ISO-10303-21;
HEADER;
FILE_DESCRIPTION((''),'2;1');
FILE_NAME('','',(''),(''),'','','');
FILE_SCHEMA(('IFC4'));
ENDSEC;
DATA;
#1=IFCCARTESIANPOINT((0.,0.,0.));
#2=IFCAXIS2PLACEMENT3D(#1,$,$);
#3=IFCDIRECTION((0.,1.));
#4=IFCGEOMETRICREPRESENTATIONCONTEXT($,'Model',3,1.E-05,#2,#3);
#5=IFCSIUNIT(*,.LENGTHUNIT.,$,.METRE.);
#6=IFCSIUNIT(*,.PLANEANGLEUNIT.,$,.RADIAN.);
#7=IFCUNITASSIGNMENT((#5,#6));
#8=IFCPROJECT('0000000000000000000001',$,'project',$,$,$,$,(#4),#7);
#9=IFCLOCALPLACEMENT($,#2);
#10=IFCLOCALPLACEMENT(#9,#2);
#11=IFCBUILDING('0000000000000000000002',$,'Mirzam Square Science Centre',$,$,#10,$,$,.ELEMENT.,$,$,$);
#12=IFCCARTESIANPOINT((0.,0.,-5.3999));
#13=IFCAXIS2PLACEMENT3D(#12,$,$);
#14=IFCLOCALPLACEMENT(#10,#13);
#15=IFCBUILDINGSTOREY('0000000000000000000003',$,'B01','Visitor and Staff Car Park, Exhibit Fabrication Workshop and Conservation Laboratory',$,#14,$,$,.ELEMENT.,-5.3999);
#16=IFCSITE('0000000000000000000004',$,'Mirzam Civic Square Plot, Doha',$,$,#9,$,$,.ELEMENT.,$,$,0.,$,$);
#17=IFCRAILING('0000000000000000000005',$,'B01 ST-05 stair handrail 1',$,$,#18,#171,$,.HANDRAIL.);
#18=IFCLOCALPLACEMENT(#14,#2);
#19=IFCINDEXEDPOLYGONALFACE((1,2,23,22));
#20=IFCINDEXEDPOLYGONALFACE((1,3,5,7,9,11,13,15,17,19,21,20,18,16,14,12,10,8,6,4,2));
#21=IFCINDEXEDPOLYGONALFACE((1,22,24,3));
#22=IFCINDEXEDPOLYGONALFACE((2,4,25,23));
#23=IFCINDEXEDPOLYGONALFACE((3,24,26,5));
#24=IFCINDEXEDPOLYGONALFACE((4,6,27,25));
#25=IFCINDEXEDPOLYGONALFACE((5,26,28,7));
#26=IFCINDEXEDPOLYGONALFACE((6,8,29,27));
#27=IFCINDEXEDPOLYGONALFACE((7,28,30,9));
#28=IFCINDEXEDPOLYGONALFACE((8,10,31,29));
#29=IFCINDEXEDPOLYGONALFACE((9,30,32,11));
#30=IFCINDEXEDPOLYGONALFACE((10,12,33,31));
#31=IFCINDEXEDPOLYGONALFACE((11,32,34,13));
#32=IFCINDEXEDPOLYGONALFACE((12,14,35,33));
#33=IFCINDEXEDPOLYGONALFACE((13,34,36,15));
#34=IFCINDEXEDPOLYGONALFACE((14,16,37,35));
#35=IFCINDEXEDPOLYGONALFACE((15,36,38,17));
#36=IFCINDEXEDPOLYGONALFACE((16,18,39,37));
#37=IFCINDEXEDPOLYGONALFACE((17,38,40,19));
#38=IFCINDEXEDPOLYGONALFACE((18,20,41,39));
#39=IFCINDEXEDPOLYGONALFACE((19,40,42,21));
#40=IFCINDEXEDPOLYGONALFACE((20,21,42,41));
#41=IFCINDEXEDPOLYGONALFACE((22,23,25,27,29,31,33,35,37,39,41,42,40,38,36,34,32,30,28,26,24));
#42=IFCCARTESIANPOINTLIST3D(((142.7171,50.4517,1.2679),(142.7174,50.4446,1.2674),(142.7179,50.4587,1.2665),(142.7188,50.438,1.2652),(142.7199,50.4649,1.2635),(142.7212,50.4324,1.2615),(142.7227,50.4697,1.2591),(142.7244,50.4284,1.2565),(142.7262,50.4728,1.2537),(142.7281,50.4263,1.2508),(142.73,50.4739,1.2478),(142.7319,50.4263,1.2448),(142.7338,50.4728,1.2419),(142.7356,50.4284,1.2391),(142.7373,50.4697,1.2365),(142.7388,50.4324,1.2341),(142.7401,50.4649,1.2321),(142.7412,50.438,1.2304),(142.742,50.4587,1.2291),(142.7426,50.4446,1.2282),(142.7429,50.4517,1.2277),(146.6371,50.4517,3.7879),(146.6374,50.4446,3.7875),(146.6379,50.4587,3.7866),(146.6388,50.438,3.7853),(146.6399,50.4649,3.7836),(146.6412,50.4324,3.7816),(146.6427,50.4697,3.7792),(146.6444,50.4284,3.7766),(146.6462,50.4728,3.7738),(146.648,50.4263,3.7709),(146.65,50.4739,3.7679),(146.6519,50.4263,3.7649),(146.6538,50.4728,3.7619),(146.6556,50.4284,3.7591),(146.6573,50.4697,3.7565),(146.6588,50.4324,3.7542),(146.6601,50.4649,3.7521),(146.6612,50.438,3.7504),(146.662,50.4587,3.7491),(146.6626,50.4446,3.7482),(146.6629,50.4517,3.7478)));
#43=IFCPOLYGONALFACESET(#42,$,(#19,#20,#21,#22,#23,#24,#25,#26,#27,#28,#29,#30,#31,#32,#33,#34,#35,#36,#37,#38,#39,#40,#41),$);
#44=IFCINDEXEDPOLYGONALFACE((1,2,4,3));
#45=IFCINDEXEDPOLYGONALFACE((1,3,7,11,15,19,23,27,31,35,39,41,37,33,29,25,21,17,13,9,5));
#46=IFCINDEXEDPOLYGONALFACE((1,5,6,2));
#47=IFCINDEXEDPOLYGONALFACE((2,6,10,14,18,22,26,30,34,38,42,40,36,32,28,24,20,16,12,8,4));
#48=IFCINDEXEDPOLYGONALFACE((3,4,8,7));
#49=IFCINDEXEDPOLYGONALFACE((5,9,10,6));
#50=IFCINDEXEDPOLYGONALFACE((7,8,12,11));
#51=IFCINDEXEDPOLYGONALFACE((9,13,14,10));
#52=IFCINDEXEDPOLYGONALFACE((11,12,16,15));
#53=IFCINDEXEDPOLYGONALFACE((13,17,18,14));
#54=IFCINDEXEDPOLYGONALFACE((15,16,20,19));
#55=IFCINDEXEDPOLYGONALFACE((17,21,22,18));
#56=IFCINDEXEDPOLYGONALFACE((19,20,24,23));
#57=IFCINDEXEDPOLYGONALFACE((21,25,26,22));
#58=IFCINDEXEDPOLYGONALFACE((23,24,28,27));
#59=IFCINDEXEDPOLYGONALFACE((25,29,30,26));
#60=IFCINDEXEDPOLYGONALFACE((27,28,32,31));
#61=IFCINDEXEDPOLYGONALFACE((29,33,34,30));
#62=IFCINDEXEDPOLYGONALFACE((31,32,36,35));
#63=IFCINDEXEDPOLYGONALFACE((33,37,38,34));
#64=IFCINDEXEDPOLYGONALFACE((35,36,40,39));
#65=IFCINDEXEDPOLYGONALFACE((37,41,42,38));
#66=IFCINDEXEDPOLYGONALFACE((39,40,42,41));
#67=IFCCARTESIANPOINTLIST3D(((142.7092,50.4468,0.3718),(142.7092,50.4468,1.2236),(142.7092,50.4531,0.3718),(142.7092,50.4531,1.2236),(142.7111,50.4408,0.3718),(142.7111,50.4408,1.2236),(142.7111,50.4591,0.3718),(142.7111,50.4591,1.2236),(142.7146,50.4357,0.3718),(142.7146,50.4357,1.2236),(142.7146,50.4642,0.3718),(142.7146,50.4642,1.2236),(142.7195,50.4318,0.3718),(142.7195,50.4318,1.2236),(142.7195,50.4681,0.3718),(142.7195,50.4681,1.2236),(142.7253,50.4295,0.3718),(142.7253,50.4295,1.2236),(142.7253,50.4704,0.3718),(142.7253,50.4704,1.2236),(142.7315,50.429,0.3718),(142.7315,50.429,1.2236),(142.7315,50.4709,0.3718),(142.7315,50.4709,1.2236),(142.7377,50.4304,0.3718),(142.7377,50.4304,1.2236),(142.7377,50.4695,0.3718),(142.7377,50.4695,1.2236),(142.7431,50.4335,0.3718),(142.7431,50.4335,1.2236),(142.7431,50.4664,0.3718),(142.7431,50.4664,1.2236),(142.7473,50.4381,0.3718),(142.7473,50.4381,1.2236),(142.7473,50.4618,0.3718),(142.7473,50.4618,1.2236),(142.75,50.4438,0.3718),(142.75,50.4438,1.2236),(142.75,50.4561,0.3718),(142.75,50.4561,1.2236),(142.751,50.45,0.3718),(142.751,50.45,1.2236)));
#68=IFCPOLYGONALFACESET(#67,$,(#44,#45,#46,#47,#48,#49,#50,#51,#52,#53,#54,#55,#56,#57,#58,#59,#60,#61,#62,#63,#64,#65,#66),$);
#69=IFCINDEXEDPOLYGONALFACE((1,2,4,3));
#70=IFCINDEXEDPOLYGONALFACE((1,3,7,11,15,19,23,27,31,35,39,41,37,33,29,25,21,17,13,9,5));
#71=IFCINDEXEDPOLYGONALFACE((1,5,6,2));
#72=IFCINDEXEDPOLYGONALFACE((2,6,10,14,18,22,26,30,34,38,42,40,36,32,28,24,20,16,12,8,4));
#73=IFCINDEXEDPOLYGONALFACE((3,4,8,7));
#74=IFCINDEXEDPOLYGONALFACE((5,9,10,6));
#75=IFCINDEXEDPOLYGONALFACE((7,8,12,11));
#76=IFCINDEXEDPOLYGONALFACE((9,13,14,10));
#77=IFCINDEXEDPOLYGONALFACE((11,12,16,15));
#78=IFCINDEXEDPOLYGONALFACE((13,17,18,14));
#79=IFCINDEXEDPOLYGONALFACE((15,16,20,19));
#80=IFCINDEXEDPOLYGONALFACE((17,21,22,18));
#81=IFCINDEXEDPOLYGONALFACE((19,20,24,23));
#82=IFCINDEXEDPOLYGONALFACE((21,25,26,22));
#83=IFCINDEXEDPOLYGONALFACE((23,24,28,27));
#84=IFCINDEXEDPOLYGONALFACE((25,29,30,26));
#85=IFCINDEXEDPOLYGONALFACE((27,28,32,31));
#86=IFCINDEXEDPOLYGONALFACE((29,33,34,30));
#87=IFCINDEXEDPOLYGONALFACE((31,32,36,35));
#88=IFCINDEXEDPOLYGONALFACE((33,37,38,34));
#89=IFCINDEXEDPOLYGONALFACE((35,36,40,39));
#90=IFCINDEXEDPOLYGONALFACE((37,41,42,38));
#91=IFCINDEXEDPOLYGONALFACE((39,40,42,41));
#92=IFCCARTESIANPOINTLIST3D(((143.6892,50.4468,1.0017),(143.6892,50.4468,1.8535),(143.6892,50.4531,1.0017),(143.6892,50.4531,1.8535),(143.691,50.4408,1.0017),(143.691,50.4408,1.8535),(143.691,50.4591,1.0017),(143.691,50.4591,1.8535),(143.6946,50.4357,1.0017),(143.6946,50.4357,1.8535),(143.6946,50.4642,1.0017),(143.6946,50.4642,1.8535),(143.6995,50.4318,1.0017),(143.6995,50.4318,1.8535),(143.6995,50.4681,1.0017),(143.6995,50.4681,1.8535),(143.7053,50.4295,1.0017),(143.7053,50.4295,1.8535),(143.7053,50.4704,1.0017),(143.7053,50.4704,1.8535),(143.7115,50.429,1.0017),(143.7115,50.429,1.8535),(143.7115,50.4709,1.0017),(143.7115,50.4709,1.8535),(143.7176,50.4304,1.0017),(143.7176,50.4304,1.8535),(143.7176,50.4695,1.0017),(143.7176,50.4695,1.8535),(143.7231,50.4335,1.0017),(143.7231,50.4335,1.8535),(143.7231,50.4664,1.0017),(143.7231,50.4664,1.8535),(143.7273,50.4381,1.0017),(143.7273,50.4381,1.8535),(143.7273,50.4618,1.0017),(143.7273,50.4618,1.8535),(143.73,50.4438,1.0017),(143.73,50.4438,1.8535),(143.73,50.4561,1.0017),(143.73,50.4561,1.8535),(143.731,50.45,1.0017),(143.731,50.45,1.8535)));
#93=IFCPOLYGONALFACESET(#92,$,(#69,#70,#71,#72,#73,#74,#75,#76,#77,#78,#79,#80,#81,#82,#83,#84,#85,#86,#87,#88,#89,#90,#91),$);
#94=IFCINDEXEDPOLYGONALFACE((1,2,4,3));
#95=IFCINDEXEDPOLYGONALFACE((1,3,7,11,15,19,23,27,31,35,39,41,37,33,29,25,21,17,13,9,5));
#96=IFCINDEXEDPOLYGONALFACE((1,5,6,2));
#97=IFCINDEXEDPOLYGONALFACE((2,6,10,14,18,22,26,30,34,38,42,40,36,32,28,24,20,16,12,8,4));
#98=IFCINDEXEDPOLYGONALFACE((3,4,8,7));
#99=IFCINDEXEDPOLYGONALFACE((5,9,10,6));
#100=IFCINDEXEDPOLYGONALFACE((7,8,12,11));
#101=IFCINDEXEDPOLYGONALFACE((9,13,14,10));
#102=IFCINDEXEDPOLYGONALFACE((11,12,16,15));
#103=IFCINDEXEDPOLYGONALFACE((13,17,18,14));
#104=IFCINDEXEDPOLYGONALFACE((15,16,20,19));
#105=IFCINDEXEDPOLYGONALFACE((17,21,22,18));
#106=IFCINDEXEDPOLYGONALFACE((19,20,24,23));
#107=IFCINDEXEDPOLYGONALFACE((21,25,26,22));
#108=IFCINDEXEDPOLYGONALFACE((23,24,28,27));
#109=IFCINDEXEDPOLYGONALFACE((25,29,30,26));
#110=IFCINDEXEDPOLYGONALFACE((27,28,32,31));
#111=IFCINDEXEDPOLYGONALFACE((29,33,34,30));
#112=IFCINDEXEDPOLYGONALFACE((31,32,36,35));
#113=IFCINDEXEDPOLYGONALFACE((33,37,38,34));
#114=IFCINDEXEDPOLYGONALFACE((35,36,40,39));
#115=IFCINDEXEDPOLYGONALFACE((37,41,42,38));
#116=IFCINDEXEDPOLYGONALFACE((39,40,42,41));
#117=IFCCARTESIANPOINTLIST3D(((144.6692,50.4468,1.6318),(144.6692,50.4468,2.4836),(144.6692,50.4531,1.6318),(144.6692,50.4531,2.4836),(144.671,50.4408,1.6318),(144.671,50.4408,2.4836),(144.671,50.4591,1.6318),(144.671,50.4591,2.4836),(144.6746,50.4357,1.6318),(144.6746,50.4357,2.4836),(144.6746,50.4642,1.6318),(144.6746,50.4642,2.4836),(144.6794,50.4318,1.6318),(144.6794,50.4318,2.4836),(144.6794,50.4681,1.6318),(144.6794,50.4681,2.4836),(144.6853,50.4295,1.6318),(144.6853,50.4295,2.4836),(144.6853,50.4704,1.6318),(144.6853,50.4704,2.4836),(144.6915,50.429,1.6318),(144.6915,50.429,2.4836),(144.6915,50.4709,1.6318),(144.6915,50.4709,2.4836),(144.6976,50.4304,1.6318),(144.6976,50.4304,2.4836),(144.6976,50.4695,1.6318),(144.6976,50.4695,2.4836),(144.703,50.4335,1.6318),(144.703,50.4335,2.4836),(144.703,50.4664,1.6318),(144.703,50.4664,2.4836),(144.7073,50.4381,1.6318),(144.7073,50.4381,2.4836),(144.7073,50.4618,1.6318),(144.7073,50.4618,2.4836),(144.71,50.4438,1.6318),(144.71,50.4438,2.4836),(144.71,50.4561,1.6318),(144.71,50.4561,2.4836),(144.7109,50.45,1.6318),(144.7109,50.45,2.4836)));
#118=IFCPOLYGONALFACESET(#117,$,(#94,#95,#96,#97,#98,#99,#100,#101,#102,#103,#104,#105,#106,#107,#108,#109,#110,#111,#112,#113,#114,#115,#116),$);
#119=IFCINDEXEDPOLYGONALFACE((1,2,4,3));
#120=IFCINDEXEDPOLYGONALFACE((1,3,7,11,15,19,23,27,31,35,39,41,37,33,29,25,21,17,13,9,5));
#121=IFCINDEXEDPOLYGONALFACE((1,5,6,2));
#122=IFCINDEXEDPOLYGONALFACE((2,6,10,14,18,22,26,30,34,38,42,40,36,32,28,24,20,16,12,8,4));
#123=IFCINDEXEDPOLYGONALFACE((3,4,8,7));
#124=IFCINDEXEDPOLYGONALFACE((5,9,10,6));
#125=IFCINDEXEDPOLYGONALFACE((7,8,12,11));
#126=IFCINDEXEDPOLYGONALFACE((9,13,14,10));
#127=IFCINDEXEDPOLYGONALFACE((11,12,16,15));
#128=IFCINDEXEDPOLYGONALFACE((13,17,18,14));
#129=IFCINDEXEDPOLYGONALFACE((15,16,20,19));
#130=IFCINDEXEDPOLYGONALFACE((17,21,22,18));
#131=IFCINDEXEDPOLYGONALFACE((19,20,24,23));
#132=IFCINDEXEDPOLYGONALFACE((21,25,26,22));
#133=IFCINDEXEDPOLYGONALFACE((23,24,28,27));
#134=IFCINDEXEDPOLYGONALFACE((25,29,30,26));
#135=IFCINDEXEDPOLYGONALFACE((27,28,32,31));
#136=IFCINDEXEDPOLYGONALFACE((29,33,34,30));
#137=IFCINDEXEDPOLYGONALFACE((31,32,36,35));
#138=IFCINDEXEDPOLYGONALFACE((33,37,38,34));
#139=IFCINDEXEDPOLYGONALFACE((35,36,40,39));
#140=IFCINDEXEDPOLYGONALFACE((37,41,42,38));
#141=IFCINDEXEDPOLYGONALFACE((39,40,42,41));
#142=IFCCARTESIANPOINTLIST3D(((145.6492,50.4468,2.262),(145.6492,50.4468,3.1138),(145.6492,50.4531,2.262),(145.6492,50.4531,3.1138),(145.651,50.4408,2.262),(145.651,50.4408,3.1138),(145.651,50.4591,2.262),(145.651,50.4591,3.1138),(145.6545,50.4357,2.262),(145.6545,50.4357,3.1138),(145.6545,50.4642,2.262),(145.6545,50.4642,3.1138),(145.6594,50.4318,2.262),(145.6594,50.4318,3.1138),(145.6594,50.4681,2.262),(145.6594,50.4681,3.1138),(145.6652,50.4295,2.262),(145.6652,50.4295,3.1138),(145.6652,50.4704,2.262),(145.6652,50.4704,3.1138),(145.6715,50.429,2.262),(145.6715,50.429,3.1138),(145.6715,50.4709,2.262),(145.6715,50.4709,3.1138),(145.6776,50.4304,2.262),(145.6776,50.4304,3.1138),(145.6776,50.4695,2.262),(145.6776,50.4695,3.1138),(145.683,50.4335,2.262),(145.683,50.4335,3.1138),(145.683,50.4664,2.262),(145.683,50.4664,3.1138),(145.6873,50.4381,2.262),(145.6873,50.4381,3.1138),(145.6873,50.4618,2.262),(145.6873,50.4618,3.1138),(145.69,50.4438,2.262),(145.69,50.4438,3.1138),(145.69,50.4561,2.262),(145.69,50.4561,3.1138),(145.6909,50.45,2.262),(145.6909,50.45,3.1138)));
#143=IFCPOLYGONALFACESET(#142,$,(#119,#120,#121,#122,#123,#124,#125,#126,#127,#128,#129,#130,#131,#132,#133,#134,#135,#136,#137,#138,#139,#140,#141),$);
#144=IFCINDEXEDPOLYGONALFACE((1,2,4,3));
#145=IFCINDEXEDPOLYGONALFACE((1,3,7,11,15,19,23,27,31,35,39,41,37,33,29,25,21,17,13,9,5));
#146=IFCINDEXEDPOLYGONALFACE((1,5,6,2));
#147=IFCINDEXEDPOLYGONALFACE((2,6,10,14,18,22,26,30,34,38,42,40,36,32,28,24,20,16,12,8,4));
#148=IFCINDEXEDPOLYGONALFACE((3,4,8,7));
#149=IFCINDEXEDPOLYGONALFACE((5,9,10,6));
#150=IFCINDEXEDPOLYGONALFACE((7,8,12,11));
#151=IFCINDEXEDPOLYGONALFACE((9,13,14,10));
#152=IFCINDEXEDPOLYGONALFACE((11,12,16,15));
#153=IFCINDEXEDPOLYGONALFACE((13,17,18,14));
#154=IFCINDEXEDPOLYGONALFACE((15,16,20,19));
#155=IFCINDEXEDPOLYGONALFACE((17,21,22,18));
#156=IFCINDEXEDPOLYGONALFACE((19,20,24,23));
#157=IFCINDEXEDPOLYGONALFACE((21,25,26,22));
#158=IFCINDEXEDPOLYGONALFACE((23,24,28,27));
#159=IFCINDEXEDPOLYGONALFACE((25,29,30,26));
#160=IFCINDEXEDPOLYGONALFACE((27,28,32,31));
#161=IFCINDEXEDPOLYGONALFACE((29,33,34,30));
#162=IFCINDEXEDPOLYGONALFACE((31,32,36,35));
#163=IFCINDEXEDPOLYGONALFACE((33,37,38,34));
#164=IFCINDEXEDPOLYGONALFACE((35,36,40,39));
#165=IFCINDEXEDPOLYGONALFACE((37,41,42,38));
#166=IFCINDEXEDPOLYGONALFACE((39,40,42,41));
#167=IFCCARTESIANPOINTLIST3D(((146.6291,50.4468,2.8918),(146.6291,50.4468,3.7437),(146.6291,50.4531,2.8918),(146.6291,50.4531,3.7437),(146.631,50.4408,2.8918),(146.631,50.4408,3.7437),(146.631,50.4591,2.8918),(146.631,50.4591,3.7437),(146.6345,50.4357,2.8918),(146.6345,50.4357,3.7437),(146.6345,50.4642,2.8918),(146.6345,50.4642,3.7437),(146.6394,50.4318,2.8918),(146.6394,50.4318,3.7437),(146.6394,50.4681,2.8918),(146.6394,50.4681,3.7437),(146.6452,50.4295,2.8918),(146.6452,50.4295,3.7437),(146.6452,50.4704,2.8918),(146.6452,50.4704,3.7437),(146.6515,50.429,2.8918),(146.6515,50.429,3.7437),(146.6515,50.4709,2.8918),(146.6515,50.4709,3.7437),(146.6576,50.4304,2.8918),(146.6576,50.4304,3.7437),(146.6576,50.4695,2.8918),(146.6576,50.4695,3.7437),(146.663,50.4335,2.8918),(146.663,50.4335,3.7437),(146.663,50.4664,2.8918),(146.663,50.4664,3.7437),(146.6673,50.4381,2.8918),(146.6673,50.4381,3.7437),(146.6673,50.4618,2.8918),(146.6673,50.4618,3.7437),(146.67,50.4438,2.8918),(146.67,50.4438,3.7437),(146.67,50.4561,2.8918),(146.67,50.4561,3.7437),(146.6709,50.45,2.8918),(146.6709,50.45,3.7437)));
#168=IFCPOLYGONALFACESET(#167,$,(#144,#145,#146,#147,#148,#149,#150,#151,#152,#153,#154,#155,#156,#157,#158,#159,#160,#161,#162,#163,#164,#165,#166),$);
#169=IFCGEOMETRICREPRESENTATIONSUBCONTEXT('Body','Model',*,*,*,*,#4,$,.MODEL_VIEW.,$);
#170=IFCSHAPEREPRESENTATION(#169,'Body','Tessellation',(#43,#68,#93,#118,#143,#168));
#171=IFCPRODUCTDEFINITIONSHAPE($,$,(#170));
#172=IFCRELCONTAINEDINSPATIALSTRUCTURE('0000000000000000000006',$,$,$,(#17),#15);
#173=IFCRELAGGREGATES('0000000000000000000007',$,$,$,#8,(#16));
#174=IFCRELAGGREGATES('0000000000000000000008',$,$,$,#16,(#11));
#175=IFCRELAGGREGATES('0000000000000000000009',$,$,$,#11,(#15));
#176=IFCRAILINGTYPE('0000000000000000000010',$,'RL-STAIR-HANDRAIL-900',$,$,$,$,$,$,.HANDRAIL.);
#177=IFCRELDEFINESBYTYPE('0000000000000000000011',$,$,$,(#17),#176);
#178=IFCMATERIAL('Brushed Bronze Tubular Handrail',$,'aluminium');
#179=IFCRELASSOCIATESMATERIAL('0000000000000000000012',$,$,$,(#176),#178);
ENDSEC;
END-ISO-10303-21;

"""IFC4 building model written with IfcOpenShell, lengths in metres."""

from ifc_helpers import new_model, si_unit, direction, frame, origin, origin_2d, place, context, subcontext, project, spatial, circle, extrude, material, type_object, element, save


model = new_model("IFC4")

# Units and contexts
model_context = context("Model", 3, precision=1e-05, world=origin(), true_north=direction((0.0, 1.0)))
body_context = subcontext(model_context, "Body", "Model", "MODEL_VIEW")
ifc_project = project(units=[si_unit("LENGTHUNIT", "METRE"), si_unit("PLANEANGLEUNIT", "RADIAN")], contexts=[model_context])

# Site, building, storey
site_placement = place(None, origin())
site = spatial("IfcSite", under=ifc_project, at=site_placement, Name="Mirzam Civic Square Plot, Doha", CompositionType="ELEMENT", RefElevation=0.0)
building_placement = place(site_placement, origin())
building = spatial("IfcBuilding", under=site, at=building_placement, Name="Mirzam Square Science Centre", CompositionType="ELEMENT")
storey_placement = place(building_placement, frame((0.0, 0.0, -5.3999)))
storey = spatial("IfcBuildingStorey", under=building, at=storey_placement, Name="B01", Description="Visitor and Staff Car Park, Exhibit Fabrication Workshop and Conservation Laboratory", CompositionType="ELEMENT", Elevation=-5.3999)

# Railing
ifc_material_1 = material(Name="Brushed Bronze Tubular Handrail", Category="aluminium")
railing_type_1 = type_object("IfcRailingType", Name="RL-STAIR-HANDRAIL-900", PredefinedType="HANDRAIL", material=ifc_material_1)
railing_1_placement = place(storey_placement, frame((142.73, 50.45, 0.3718)))
element("IfcRailing", 1, at=railing_1_placement, inside=storey, type_object=railing_type_1, Name="B01 ST-05 stair handrail 1", PredefinedType="HANDRAIL", context=body_context, shape_type="SweptSolid", body=[
    extrude(circle(Radius=0.0239, at=origin_2d()), frame((0.0, 0.0, 0.876), z_axis=(0.841172, 0.0, 0.540768), x_axis=(0.0, 1.0, 0.0)), (0.0, 0.0, 1.0), 4.6602),
    extrude(circle(Radius=0.021, at=origin_2d()), origin(), (0.0, 0.0, 1.0), 0.8518),
    extrude(circle(Radius=0.021, at=origin_2d()), frame((0.98, 0.0, 0.6299)), (0.0, 0.0, 1.0), 0.8518),
    extrude(circle(Radius=0.021, at=origin_2d()), frame((1.96, 0.0, 1.26)), (0.0, 0.0, 1.0), 0.8518),
    extrude(circle(Radius=0.021, at=origin_2d()), frame((2.9399, 0.0, 1.8901)), (0.0, 0.0, 1.0), 0.8518),
    extrude(circle(Radius=0.021, at=origin_2d()), frame((3.9199, 0.0, 2.52)), (0.0, 0.0, 1.0), 0.8518),
])

save(model, "model.ifc")
